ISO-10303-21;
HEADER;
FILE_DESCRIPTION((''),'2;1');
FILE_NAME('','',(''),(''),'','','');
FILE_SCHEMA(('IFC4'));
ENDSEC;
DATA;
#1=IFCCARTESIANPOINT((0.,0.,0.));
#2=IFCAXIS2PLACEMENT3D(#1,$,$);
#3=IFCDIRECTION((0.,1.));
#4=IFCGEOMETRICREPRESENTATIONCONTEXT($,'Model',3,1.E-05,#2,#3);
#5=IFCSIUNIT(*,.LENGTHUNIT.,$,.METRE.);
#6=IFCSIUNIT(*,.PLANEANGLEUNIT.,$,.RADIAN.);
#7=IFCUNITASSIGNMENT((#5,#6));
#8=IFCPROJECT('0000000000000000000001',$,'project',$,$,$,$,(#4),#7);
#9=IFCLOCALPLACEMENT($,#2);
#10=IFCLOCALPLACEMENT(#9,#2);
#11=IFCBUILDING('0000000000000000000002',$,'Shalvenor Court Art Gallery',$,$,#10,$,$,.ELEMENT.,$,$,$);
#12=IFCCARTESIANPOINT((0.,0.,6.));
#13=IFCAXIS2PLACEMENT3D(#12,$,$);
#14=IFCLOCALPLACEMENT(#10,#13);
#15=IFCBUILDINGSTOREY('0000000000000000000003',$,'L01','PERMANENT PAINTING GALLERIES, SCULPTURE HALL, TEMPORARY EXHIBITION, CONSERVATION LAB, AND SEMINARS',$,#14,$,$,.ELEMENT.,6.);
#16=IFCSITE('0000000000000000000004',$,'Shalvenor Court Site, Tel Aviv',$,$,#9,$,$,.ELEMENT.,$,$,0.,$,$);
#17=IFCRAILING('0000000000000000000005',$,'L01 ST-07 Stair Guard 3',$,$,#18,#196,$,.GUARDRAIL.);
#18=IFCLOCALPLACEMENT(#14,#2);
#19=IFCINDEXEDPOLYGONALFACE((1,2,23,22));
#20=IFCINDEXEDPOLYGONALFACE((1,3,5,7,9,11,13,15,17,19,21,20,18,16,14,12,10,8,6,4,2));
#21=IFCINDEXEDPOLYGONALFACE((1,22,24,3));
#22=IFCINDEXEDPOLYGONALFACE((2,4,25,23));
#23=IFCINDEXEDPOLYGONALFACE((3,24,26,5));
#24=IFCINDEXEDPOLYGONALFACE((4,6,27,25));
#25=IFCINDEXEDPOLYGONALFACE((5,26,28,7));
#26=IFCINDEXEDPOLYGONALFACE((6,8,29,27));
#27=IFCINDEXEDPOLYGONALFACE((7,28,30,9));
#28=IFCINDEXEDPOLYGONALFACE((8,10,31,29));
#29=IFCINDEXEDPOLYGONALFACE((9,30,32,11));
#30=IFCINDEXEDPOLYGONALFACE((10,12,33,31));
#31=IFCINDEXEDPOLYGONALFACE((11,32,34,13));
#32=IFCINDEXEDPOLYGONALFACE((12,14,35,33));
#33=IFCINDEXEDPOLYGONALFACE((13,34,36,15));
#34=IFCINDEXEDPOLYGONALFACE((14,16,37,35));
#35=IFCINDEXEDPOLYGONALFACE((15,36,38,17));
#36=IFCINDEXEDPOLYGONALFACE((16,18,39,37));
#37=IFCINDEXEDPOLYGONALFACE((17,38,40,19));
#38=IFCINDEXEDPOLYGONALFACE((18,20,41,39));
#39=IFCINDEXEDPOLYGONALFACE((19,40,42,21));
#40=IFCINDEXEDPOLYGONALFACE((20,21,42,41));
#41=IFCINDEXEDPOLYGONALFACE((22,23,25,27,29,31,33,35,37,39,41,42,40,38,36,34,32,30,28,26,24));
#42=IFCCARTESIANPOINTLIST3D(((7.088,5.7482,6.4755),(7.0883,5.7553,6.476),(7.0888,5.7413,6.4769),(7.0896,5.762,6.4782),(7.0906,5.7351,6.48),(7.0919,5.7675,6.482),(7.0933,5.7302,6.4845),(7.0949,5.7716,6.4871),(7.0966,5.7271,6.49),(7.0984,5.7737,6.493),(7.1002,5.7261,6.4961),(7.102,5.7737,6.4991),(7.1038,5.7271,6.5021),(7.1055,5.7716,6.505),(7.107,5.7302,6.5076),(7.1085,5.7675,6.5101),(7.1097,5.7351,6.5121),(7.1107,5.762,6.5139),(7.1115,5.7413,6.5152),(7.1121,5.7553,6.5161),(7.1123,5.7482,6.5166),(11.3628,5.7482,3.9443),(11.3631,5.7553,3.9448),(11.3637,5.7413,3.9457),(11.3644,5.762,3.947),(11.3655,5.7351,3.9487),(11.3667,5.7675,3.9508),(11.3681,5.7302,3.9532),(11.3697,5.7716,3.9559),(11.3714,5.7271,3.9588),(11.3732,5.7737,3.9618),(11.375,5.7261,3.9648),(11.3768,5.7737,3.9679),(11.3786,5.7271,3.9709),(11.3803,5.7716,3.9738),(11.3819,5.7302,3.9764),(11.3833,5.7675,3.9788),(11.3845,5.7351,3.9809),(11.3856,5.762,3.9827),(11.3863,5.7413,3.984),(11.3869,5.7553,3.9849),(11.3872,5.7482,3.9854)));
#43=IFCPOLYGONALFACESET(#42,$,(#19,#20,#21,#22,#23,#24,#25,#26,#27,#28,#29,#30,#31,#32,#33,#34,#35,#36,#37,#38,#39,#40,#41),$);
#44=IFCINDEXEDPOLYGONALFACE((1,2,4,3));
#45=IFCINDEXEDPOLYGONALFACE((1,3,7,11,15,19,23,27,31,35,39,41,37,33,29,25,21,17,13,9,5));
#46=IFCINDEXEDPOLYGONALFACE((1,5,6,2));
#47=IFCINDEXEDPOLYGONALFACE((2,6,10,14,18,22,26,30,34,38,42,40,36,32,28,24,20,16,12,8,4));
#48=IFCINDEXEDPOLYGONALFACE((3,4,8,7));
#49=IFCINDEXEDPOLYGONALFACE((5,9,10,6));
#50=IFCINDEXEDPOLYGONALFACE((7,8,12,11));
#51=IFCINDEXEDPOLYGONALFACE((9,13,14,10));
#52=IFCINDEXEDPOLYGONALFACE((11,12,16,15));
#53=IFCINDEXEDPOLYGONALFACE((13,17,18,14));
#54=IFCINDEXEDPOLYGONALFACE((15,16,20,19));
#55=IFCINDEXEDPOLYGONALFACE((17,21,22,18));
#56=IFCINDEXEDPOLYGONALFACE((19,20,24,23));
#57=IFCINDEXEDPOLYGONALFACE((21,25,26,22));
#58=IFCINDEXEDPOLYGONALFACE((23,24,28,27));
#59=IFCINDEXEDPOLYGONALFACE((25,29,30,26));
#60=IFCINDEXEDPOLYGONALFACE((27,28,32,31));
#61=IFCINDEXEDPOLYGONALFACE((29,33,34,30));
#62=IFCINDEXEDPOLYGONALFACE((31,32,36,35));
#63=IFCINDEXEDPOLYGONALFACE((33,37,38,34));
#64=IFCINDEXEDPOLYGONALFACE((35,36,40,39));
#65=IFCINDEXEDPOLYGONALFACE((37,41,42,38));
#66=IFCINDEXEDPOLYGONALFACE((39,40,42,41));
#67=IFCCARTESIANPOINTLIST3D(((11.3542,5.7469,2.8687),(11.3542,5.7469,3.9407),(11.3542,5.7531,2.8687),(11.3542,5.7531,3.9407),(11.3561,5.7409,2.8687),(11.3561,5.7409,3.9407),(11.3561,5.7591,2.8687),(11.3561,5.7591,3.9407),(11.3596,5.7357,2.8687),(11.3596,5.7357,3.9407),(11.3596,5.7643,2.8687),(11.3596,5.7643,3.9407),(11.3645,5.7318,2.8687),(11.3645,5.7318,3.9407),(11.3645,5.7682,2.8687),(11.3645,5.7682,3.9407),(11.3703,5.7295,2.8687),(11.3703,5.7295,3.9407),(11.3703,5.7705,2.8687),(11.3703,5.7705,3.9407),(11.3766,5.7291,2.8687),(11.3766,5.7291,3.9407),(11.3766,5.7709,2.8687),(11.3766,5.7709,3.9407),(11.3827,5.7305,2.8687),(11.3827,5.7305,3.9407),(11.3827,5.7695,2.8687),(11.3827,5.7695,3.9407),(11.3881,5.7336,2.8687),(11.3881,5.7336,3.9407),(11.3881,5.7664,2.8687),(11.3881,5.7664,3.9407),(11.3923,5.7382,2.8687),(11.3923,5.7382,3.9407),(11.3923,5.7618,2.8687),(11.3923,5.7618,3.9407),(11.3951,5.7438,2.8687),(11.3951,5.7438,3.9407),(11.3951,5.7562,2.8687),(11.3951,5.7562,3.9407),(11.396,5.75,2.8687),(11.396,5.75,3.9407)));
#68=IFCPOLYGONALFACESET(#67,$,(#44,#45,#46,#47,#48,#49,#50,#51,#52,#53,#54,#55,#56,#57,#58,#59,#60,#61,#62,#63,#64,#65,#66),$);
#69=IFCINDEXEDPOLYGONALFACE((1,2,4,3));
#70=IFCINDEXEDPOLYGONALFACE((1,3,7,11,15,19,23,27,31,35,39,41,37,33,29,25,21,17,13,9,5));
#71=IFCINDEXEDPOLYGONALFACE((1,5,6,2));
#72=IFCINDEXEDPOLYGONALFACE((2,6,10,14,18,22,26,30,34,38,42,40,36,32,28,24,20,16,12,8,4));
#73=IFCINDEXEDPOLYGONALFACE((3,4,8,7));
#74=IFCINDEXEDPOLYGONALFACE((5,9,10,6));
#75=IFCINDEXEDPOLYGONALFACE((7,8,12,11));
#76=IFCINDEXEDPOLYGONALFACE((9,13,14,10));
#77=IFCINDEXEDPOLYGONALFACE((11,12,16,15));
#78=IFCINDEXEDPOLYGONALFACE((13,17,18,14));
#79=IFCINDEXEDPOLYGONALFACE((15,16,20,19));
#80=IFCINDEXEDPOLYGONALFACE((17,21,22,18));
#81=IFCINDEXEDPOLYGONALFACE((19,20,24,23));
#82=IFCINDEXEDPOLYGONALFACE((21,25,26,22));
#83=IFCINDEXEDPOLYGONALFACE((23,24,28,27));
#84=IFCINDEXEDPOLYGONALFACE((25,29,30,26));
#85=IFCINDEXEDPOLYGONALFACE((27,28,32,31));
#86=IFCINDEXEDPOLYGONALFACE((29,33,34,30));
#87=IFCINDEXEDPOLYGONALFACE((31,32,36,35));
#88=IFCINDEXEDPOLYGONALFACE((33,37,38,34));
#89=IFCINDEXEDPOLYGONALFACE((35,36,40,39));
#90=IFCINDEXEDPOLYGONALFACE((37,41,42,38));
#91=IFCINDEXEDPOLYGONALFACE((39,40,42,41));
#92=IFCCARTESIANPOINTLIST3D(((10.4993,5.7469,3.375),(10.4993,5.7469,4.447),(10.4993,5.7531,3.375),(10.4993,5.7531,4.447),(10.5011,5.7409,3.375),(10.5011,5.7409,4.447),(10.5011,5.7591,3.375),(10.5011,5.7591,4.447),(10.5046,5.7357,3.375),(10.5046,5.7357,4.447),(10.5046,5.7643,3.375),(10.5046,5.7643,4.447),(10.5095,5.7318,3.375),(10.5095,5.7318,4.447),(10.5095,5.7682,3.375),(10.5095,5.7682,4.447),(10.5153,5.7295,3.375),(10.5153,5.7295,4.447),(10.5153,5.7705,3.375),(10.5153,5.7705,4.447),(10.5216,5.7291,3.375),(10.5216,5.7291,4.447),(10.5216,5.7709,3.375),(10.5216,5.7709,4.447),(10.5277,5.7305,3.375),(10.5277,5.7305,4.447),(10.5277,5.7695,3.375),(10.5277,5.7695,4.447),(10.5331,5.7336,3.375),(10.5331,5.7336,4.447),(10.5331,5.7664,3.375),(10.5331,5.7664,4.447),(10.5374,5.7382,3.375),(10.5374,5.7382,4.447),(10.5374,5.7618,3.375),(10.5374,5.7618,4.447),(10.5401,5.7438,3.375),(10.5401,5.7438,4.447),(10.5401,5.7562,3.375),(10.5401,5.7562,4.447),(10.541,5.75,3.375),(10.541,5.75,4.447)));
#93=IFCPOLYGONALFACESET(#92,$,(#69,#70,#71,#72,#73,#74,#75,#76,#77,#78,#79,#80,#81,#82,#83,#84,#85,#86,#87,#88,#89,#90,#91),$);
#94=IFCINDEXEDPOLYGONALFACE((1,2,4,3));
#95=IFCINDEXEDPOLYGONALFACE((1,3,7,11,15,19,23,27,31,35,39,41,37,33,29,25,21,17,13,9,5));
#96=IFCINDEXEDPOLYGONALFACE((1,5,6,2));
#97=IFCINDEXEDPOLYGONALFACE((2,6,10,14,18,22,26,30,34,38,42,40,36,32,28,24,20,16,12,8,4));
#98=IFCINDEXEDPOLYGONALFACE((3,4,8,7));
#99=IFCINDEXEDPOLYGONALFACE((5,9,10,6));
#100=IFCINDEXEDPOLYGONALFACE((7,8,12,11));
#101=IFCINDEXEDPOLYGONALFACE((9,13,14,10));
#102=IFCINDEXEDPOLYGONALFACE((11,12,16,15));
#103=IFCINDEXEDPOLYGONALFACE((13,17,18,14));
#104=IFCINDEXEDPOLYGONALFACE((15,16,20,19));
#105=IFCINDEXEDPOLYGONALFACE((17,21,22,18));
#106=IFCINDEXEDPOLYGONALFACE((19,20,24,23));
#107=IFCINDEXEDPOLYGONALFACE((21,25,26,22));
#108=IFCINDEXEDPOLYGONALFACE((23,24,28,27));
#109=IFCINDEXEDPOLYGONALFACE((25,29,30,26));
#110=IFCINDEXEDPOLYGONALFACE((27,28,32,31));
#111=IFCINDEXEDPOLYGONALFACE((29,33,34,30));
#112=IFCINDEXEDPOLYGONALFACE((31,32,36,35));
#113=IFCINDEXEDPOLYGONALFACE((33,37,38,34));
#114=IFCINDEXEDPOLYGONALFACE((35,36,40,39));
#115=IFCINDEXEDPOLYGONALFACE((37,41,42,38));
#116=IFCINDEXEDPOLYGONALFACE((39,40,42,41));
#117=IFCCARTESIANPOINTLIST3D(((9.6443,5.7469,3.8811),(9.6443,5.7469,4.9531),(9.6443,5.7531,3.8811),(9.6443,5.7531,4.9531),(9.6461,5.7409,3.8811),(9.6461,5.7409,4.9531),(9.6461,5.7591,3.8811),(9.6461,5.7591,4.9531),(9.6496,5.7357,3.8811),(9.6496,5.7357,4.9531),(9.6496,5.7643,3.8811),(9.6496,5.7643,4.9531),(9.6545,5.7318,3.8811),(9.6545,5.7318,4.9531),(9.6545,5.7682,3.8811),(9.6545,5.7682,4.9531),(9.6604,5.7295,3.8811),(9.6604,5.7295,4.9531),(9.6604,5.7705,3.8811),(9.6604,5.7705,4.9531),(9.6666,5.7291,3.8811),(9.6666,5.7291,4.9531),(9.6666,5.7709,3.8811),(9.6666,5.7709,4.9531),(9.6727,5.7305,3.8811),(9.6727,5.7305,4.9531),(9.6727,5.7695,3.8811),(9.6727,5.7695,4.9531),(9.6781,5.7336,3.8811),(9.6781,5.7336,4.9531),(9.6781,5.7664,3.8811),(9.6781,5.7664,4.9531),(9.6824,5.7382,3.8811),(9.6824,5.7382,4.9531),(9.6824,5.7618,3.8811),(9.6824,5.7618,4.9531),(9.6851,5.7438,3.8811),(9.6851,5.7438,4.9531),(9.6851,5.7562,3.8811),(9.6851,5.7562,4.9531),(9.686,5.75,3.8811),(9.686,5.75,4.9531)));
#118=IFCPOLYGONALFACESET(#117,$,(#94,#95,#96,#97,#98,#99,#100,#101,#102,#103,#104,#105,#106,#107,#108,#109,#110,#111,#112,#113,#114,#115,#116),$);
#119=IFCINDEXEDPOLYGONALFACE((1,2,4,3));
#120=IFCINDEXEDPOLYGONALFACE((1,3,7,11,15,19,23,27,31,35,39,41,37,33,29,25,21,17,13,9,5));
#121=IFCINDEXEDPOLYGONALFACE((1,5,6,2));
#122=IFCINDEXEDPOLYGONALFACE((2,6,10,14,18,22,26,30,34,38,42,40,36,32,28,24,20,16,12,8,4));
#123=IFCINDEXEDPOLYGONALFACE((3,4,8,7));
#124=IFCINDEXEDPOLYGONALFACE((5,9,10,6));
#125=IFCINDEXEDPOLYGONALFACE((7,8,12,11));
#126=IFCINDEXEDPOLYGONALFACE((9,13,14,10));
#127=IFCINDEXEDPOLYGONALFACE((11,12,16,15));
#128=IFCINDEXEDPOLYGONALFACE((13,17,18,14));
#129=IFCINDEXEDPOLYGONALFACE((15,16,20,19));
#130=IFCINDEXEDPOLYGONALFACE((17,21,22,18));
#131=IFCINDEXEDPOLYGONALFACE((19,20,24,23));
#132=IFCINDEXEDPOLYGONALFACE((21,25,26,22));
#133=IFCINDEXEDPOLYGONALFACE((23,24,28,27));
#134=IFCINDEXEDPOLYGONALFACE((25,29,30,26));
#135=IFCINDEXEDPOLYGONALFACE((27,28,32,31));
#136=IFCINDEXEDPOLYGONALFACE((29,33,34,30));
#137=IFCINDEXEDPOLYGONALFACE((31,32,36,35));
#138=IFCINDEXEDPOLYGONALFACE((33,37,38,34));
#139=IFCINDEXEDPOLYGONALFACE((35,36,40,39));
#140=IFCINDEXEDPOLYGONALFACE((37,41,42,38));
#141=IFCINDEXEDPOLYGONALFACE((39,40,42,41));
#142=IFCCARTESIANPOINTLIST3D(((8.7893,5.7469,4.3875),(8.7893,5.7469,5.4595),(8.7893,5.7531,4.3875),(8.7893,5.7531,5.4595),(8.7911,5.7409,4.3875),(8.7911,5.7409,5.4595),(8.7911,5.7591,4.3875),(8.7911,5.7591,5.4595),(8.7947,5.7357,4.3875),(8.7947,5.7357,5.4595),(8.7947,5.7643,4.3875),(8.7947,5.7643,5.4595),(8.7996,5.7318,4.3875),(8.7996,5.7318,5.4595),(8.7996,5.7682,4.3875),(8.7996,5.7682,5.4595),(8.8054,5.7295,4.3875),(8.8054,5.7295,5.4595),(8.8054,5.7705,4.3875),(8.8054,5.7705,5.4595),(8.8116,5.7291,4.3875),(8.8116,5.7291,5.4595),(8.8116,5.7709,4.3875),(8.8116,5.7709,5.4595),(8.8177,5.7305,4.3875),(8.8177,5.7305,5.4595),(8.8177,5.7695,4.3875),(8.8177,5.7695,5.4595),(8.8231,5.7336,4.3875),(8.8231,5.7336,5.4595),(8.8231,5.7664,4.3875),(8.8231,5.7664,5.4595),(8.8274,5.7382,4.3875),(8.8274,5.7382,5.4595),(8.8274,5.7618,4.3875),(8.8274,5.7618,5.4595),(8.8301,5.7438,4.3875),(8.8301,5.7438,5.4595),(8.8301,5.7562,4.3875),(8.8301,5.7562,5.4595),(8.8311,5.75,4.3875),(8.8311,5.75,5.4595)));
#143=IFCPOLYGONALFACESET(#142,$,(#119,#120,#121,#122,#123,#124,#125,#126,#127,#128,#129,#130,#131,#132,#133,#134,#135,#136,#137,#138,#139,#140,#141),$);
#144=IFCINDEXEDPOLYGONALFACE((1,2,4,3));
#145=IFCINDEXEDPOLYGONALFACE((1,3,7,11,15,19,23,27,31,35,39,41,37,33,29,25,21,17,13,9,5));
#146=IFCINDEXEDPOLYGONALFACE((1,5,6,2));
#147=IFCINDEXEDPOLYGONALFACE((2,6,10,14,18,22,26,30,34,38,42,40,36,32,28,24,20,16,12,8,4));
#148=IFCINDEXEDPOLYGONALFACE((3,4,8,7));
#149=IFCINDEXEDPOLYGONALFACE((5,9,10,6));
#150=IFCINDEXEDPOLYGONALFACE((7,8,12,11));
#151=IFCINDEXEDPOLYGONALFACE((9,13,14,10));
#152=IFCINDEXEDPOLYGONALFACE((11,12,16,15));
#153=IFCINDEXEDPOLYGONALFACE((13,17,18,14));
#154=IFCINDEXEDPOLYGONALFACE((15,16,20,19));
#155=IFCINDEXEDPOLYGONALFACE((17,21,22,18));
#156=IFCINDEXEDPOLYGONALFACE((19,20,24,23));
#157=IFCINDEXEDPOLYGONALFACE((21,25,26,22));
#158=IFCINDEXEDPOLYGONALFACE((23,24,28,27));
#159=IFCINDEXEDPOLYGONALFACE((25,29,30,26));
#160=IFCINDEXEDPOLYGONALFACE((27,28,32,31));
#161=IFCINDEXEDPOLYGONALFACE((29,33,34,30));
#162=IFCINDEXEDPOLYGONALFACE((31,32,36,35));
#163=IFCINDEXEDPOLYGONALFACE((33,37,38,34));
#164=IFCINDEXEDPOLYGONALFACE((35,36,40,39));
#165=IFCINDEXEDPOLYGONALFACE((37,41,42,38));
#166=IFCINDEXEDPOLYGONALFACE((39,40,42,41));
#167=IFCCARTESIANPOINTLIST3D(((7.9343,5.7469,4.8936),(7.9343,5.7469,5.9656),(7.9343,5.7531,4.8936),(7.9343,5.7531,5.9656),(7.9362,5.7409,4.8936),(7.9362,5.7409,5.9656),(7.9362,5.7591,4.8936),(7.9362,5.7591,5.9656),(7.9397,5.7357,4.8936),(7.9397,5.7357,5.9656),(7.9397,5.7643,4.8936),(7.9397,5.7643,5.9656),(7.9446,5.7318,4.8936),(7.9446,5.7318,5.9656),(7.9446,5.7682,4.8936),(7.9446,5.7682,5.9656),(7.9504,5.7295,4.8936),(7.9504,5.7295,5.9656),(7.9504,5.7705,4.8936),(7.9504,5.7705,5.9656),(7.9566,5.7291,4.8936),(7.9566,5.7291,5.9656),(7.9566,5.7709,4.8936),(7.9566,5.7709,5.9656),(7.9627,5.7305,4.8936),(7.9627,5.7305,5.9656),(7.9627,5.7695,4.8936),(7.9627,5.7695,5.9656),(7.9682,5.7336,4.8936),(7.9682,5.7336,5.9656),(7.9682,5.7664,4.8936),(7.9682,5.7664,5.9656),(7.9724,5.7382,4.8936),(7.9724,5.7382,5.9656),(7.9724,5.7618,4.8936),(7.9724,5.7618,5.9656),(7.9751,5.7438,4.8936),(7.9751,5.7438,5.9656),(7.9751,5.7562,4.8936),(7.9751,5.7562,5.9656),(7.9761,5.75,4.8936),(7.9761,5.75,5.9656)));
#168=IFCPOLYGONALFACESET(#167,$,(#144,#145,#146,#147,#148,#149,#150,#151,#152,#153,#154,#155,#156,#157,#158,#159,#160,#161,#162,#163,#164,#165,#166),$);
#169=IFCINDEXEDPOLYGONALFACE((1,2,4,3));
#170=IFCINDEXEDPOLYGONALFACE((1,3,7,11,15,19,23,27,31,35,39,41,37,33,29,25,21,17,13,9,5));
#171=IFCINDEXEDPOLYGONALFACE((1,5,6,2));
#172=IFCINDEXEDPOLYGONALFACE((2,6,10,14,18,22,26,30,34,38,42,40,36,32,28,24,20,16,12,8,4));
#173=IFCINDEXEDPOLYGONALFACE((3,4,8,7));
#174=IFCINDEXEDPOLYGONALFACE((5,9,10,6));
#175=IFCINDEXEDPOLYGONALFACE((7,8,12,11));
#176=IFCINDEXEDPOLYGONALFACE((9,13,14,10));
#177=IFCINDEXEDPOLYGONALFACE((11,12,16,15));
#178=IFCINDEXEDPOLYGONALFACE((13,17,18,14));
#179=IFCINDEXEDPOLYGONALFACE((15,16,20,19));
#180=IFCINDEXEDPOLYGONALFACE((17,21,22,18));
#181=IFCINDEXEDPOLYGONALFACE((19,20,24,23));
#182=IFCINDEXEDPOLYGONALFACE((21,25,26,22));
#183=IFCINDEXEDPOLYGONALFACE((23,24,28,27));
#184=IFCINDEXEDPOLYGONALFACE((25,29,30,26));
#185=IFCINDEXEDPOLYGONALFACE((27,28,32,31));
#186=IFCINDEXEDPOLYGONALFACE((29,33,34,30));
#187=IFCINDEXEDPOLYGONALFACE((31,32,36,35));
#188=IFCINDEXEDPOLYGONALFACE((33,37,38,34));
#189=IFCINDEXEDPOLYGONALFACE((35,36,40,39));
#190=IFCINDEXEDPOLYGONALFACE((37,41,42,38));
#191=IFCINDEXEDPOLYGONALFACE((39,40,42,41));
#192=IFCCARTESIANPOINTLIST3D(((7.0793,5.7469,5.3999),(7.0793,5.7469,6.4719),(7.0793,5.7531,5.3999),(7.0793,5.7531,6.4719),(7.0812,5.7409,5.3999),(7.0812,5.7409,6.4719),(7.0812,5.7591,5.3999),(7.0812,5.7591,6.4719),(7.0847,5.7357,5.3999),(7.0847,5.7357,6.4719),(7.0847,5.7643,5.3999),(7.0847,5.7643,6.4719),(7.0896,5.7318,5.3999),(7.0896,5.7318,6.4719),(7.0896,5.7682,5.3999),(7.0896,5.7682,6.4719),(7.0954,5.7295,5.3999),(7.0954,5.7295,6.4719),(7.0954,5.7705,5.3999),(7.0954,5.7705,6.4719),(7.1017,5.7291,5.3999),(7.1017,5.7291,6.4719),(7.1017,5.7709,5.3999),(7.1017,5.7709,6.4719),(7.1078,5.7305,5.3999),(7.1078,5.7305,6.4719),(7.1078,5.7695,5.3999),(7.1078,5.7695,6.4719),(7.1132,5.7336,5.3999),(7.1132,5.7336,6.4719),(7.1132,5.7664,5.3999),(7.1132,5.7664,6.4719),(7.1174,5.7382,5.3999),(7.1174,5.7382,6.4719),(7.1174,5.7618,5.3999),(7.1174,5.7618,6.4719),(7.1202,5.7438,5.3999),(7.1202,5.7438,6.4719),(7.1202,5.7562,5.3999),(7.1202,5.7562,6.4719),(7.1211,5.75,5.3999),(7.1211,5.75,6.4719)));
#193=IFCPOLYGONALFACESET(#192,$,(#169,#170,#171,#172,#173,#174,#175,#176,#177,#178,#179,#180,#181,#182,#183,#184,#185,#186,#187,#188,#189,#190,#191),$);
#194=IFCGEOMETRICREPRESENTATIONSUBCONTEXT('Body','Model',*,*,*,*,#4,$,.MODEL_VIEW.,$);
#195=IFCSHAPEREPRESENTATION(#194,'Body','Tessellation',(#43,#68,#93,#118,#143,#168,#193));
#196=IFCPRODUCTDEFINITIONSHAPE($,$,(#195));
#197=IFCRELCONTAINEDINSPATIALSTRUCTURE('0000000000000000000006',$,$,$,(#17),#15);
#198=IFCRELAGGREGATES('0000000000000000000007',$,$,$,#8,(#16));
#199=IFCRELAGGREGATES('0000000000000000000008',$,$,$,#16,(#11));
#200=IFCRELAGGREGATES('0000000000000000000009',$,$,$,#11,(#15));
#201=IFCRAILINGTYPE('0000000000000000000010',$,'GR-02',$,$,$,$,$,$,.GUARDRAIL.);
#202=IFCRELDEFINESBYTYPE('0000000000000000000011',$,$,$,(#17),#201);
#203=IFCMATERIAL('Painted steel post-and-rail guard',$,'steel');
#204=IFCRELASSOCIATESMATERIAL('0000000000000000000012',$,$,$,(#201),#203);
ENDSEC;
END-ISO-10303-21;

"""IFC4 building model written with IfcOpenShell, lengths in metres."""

from ifc_helpers import new_model, si_unit, direction, frame, origin, origin_2d, place, context, subcontext, project, spatial, circle, extrude, material, type_object, element, save


model = new_model("IFC4")

# Units and contexts
model_context = context("Model", 3, precision=1e-05, world=origin(), true_north=direction((0.0, 1.0)))
body_context = subcontext(model_context, "Body", "Model", "MODEL_VIEW")
ifc_project = project(units=[si_unit("LENGTHUNIT", "METRE"), si_unit("PLANEANGLEUNIT", "RADIAN")], contexts=[model_context])

# Site, building, storey
site_placement = place(None, origin())
site = spatial("IfcSite", under=ifc_project, at=site_placement, Name="Shalvenor Court Site, Tel Aviv", CompositionType="ELEMENT", RefElevation=0.0)
building_placement = place(site_placement, origin())
building = spatial("IfcBuilding", under=site, at=building_placement, Name="Shalvenor Court Art Gallery", CompositionType="ELEMENT")
storey_placement = place(building_placement, frame((0.0, 0.0, 6.0)))
storey = spatial("IfcBuildingStorey", under=building, at=storey_placement, Name="L01", Description="PERMANENT PAINTING GALLERIES, SCULPTURE HALL, TEMPORARY EXHIBITION, CONSERVATION LAB, AND SEMINARS", CompositionType="ELEMENT", Elevation=6.0)

# Railing
ifc_material_1 = material(Name="Painted steel post-and-rail guard", Category="steel")
railing_type_1 = type_object("IfcRailingType", Name="GR-02", PredefinedType="GUARDRAIL", material=ifc_material_1)
railing_1_placement = place(storey_placement, frame((11.375, 5.75, 2.8687)))
element("IfcRailing", 1, at=railing_1_placement, inside=storey, type_object=railing_type_1, Name="L01 ST-07 Stair Guard 3", PredefinedType="GUARDRAIL", context=body_context, shape_type="SweptSolid", body=[
    extrude(circle(Radius=0.0239, at=origin_2d()), frame((0.0, 0.0, 1.0962), z_axis=(-0.86047, 0.0, 0.509501), x_axis=(0.0, -1.0, 0.0)), (0.0, 0.0, 1.0), 4.968),
    extrude(circle(Radius=0.021, at=origin_2d()), origin(), (0.0, 0.0, 1.0), 1.072),
    extrude(circle(Radius=0.021, at=origin_2d()), frame((-0.855, 0.0, 0.5063)), (0.0, 0.0, 1.0), 1.072),
    extrude(circle(Radius=0.021, at=origin_2d()), frame((-1.71, 0.0, 1.0125)), (0.0, 0.0, 1.0), 1.072),
    extrude(circle(Radius=0.021, at=origin_2d()), frame((-2.5649, 0.0, 1.5188)), (0.0, 0.0, 1.0), 1.072),
    extrude(circle(Radius=0.021, at=origin_2d()), frame((-3.4199, 0.0, 2.0249)), (0.0, 0.0, 1.0), 1.072),
    extrude(circle(Radius=0.021, at=origin_2d()), frame((-4.2749, 0.0, 2.5312)), (0.0, 0.0, 1.0), 1.072),
])

save(model, "model.ifc")
